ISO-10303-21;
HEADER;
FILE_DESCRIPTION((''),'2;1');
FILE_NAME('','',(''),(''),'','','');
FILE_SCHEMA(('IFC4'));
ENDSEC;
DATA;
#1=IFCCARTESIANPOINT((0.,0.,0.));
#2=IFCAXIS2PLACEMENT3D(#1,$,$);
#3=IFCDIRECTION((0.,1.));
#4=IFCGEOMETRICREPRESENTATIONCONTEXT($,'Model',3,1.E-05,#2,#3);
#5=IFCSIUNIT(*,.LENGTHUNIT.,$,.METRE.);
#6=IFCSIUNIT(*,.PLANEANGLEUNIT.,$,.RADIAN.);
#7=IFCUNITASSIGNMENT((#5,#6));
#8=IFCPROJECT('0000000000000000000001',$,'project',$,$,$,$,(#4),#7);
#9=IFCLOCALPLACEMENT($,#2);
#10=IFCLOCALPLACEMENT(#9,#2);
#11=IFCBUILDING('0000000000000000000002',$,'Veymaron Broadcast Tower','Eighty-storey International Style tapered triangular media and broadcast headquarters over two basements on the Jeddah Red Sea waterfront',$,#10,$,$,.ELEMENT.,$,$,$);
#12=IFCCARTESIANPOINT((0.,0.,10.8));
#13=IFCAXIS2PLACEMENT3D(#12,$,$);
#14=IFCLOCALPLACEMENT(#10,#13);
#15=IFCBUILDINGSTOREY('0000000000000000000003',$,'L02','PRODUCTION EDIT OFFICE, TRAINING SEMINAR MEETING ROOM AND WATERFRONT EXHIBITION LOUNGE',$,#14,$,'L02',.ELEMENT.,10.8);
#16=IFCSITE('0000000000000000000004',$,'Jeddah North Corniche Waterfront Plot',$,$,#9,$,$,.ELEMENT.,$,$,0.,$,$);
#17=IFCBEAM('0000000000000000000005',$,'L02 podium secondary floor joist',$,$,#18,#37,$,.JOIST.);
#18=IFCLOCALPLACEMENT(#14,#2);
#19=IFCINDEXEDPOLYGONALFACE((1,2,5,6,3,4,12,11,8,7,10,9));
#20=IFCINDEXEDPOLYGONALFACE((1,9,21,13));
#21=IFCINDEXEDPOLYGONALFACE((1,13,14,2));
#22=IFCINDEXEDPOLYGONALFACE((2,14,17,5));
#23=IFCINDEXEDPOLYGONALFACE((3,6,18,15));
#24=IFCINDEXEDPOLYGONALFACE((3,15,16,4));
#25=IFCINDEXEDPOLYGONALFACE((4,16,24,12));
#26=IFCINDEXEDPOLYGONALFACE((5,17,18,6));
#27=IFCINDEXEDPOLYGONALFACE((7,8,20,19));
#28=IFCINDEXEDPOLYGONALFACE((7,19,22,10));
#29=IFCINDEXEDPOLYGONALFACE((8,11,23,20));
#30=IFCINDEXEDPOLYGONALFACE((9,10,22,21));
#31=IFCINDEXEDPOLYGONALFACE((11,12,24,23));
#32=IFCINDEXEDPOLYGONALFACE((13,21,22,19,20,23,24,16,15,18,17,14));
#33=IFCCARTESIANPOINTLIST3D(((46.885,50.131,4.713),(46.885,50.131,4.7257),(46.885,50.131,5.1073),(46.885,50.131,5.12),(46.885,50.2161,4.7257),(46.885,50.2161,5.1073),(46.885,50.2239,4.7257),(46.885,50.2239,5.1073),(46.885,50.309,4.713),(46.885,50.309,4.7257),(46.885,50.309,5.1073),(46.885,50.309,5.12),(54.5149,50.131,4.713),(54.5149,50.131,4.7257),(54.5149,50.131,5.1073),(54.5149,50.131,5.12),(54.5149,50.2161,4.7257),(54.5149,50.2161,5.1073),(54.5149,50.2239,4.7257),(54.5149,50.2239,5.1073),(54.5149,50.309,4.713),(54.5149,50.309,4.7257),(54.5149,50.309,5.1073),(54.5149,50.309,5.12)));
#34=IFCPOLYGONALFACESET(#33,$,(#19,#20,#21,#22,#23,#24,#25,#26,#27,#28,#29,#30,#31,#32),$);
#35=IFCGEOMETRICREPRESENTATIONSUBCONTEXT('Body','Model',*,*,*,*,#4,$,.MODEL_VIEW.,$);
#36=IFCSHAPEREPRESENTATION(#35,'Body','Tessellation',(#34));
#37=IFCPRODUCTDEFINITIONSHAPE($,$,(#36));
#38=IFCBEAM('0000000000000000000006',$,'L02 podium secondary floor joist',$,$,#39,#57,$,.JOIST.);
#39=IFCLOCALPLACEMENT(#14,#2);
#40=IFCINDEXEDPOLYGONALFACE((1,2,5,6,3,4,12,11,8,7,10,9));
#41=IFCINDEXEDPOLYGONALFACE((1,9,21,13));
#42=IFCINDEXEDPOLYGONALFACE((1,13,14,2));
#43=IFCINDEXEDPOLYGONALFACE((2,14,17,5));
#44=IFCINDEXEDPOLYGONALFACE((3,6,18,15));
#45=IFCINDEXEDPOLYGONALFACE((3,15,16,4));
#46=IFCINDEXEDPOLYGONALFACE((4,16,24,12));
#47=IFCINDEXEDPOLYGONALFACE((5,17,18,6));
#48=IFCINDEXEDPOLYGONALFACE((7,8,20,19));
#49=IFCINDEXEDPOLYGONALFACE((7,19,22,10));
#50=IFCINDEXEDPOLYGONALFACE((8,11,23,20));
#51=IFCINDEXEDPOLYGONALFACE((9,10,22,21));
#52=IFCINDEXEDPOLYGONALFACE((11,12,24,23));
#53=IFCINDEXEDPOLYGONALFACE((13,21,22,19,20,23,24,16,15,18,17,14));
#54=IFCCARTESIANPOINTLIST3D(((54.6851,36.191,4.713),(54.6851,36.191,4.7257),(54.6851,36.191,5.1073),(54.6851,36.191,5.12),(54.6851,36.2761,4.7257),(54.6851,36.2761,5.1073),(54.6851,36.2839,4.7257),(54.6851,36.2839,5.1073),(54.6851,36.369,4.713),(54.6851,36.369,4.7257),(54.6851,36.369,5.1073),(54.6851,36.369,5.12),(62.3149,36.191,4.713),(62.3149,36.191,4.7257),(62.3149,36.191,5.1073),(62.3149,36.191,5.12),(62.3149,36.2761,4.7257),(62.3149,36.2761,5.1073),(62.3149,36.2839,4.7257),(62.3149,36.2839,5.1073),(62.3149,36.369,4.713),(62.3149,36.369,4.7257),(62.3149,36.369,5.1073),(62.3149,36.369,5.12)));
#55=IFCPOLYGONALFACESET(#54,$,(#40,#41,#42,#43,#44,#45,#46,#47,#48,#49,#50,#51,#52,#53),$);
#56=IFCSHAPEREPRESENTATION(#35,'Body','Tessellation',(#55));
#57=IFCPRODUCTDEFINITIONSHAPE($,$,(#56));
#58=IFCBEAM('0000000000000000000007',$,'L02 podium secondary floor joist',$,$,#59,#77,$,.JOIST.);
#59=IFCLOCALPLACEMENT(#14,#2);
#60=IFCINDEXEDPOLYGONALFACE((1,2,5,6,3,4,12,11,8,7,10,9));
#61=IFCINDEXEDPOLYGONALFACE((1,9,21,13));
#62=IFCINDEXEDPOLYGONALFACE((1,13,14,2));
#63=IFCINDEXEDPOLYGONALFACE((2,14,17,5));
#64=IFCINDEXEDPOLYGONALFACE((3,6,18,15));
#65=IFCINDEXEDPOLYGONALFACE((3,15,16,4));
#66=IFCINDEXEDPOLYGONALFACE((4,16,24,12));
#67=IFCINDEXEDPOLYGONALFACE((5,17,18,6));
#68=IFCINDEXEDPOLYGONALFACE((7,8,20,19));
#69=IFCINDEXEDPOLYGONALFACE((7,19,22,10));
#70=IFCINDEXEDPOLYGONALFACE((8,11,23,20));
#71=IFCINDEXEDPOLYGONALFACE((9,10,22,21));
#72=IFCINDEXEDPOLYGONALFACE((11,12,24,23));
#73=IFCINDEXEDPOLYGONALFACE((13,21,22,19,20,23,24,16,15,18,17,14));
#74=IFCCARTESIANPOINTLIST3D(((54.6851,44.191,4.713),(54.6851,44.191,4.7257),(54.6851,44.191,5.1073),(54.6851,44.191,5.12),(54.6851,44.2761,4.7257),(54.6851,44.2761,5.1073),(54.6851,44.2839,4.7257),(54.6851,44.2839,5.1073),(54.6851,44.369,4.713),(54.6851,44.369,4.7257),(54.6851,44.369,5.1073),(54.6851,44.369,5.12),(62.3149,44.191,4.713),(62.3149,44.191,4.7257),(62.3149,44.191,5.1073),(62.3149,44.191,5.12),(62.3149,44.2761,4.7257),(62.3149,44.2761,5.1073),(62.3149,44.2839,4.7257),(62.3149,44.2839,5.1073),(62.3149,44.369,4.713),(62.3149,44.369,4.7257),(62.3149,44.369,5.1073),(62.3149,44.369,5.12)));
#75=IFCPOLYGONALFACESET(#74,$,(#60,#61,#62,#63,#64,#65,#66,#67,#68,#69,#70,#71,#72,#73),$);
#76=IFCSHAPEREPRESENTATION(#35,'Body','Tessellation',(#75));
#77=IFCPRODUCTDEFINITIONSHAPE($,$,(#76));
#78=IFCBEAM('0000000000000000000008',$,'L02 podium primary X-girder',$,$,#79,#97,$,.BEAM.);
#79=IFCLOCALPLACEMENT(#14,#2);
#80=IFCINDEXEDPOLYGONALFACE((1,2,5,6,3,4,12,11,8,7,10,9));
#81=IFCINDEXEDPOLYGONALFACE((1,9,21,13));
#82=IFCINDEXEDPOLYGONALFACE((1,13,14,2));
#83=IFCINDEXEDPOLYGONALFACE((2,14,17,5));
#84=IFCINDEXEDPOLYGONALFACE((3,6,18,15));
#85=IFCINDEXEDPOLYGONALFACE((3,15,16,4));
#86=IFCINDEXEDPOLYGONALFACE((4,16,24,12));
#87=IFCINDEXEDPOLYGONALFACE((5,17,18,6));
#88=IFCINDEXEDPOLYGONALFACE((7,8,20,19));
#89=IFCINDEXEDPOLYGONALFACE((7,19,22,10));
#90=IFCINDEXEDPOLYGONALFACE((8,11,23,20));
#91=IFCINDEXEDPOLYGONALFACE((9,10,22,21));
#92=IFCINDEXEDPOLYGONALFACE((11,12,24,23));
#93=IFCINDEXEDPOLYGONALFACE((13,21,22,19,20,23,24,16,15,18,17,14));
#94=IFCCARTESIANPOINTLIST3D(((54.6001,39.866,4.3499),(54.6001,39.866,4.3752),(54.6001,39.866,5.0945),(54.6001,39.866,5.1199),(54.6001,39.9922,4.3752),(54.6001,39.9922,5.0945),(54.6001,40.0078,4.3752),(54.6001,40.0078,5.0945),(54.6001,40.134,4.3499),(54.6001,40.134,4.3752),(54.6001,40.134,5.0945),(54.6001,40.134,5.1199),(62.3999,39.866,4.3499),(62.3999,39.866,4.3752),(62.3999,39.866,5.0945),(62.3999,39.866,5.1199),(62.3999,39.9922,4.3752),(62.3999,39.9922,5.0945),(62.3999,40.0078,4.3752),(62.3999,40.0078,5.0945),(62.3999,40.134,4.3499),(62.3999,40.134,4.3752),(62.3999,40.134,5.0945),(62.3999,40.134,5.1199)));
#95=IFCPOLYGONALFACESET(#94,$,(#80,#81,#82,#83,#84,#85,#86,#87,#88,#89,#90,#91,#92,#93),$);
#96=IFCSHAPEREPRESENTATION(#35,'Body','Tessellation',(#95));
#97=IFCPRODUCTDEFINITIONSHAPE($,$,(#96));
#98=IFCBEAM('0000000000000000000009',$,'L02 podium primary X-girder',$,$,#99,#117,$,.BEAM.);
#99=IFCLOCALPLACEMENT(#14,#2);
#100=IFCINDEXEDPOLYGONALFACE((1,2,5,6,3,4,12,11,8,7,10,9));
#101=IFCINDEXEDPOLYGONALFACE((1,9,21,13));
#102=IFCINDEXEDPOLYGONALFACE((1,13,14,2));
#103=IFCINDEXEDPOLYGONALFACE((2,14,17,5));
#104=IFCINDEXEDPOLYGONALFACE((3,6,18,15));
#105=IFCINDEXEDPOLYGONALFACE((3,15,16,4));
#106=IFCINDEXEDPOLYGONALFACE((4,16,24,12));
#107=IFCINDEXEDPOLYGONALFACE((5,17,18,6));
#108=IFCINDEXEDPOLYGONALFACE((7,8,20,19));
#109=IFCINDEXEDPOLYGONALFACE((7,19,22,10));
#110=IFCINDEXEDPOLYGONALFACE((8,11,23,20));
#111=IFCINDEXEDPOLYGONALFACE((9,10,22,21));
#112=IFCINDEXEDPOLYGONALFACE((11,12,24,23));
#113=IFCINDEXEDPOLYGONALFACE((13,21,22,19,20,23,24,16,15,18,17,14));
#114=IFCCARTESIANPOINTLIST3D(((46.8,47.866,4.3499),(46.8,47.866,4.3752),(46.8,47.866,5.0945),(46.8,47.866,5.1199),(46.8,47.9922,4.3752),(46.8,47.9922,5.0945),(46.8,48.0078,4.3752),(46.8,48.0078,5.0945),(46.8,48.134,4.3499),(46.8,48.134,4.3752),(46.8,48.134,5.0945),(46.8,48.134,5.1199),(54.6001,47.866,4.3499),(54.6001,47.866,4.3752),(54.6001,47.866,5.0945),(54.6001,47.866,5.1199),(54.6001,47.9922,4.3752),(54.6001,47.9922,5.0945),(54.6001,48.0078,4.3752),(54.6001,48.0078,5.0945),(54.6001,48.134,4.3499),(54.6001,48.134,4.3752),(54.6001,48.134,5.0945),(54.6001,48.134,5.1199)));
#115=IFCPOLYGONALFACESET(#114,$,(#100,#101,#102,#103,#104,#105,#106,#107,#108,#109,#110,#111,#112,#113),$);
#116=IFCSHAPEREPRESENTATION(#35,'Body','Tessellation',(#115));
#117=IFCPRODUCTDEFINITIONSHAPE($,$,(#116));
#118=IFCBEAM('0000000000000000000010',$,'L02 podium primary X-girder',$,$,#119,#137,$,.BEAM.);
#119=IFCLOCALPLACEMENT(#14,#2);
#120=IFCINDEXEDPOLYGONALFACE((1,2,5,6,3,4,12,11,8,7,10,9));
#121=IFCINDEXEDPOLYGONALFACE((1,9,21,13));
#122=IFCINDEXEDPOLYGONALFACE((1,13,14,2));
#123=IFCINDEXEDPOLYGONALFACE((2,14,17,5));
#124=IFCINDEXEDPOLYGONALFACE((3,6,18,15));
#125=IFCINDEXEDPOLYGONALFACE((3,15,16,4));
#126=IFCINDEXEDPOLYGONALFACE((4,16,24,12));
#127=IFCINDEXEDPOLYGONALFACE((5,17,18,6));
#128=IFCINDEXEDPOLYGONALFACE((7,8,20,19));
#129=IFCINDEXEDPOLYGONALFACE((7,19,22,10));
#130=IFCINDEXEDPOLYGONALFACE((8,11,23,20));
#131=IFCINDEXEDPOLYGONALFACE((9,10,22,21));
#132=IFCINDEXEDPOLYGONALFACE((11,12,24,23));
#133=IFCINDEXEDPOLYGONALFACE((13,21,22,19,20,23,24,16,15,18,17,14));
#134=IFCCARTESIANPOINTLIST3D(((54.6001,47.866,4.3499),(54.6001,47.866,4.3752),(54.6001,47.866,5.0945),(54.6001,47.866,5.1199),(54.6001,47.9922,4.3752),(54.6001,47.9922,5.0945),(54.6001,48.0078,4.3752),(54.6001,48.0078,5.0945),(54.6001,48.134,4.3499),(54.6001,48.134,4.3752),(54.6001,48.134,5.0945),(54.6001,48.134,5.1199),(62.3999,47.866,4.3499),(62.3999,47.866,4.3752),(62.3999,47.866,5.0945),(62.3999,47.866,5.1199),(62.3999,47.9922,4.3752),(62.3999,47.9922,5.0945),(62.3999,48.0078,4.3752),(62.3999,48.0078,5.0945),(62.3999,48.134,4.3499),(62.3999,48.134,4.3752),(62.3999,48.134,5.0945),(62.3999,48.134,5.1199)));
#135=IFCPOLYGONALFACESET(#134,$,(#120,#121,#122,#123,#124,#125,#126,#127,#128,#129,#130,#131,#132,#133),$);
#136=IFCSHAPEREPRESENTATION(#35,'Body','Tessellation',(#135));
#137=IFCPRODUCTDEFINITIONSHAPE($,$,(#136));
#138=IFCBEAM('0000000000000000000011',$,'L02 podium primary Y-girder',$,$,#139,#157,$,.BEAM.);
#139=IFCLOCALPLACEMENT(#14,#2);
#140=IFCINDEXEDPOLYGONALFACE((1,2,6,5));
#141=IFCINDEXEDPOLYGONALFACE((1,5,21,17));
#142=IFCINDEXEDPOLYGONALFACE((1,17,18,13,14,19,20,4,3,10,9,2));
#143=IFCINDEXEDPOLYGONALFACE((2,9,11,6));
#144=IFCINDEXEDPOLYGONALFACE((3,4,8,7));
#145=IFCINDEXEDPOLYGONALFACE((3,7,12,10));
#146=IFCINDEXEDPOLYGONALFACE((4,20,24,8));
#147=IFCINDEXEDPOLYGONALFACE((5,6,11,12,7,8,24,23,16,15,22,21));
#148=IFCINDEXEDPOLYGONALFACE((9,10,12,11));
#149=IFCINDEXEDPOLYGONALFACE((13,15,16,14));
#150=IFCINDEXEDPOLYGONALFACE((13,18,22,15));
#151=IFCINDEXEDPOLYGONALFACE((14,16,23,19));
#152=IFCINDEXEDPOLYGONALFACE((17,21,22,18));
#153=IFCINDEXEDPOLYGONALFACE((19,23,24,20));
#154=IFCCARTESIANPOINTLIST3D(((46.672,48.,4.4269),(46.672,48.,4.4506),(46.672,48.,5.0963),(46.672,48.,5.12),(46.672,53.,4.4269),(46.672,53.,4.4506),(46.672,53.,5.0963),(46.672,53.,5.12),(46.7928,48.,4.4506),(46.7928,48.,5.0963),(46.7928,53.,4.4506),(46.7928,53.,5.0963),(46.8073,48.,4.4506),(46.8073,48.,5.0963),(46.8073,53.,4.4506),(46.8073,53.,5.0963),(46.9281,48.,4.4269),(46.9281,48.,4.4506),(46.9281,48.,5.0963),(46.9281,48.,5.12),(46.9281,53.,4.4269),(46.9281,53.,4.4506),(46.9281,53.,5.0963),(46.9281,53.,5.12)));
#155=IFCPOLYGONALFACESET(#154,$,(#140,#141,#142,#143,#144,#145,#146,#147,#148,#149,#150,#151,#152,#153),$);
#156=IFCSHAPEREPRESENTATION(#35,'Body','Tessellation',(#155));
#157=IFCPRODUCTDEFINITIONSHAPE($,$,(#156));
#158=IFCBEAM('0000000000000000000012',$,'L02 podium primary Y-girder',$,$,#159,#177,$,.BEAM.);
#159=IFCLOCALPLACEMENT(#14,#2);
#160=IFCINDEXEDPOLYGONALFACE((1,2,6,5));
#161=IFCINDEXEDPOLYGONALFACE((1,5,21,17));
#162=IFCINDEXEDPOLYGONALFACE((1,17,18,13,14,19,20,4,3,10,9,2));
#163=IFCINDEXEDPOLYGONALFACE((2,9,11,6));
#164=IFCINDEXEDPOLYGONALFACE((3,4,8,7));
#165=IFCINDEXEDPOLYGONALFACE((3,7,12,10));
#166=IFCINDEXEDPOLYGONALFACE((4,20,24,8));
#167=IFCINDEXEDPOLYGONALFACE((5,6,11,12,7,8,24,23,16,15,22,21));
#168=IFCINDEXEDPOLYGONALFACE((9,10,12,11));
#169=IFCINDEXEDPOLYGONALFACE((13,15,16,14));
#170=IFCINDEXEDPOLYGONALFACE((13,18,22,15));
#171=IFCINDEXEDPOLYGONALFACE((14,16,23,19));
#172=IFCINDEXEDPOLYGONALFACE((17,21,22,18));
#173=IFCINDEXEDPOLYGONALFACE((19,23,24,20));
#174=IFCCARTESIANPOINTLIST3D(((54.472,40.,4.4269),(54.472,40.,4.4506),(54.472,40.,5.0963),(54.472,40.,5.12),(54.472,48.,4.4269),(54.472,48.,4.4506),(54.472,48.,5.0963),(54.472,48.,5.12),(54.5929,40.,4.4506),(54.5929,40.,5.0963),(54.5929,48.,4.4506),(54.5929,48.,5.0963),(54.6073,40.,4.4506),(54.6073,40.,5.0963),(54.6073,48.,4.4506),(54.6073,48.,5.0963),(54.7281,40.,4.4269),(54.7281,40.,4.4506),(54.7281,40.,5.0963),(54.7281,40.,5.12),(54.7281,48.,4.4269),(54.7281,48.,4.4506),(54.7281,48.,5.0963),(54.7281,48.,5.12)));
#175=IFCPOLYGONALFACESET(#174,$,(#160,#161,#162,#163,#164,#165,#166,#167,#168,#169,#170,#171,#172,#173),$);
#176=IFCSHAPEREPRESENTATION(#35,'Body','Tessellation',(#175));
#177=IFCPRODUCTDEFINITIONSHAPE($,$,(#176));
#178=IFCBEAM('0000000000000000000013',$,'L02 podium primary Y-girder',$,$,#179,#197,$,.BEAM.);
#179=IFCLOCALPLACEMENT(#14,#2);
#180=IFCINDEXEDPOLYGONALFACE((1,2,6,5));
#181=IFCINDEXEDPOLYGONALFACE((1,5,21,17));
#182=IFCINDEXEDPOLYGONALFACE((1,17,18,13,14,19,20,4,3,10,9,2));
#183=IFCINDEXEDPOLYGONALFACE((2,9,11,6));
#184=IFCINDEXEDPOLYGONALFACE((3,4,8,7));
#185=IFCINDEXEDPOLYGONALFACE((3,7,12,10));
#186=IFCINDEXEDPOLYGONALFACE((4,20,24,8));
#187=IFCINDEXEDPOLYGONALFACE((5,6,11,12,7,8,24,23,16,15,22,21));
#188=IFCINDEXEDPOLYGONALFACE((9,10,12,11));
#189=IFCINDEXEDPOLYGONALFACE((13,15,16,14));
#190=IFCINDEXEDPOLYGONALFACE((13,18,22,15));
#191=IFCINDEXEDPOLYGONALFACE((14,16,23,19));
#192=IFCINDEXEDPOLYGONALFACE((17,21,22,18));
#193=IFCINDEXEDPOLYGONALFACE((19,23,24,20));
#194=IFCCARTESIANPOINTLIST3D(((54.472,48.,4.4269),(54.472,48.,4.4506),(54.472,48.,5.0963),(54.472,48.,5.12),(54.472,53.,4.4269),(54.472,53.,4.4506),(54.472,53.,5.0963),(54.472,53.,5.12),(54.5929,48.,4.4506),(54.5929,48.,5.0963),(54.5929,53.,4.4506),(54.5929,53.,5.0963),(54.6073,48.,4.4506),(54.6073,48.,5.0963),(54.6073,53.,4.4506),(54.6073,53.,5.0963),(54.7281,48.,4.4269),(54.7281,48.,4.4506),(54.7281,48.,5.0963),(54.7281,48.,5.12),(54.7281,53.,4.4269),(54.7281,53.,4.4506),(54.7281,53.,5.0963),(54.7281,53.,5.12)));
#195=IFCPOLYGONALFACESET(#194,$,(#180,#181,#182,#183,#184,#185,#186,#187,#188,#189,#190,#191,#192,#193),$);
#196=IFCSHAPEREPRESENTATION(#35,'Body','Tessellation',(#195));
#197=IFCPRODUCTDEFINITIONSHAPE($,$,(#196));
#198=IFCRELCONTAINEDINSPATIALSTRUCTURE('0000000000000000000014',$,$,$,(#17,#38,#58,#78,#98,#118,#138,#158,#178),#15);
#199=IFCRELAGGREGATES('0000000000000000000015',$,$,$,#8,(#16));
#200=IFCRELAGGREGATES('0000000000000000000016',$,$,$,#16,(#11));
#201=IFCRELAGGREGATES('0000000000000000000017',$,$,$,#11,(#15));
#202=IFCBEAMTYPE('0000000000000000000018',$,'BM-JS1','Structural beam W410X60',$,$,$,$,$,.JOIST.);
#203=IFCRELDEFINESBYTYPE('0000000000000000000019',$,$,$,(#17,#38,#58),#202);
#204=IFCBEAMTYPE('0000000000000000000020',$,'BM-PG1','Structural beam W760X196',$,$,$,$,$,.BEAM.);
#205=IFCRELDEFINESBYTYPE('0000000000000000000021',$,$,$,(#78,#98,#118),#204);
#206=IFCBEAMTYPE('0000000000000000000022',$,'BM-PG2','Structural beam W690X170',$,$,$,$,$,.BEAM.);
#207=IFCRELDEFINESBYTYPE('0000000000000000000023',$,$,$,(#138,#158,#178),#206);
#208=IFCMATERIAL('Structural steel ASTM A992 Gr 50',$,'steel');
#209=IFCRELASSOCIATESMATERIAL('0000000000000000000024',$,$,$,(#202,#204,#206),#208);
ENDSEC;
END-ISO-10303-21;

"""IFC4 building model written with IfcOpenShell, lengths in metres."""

from ifc_helpers import new_model, si_unit, direction, frame, origin, origin_2d, place, context, subcontext, project, spatial, i_section, extrude, material, material_profile, profile_set, type_object, element, save


model = new_model("IFC4")

# Units and contexts
model_context = context("Model", 3, precision=1e-05, world=origin(), true_north=direction((0.0, 1.0)))
body_context = subcontext(model_context, "Body", "Model", "MODEL_VIEW")
ifc_project = project(units=[si_unit("LENGTHUNIT", "METRE"), si_unit("PLANEANGLEUNIT", "RADIAN")], contexts=[model_context])

# Site, building, storey
site_placement = place(None, origin())
site = spatial("IfcSite", under=ifc_project, at=site_placement, Name="Jeddah North Corniche Waterfront Plot", CompositionType="ELEMENT", RefElevation=0.0)
building_placement = place(site_placement, origin())
building = spatial("IfcBuilding", under=site, at=building_placement, Name="Veymaron Broadcast Tower", Description="Eighty-storey International Style tapered triangular media and broadcast headquarters over two basements on the Jeddah Red Sea waterfront", CompositionType="ELEMENT")
storey_placement = place(building_placement, frame((0.0, 0.0, 10.8)))
storey = spatial("IfcBuildingStorey", under=building, at=storey_placement, Name="L02", Description="PRODUCTION EDIT OFFICE, TRAINING SEMINAR MEETING ROOM AND WATERFRONT EXHIBITION LOUNGE", LongName="L02", CompositionType="ELEMENT", Elevation=10.8)

# Shared definitions
ifc_material_1 = material(Name="Structural steel ASTM A992 Gr 50", Category="steel")

# Beams
ifc_material_profile_1 = material_profile(ifc_material_1, i_section(OverallWidth=0.178, OverallDepth=0.407, WebThickness=0.0078, FlangeThickness=0.0127, at=origin_2d()), Name="W410X60")
ifc_profile_set_1 = profile_set([ifc_material_profile_1], Name="Structural steel ASTM A992 Gr 50")
beam_type_1 = type_object("IfcBeamType", Name="BM-JS1", Description="Structural beam W410X60", PredefinedType="JOIST", material=ifc_profile_set_1)
for number, where, z_axis, x_axis, name in (
    (1, (46.885, 50.22, 4.9165), (1.0, 0.0, 0.0), (0.0, 1.0, 0.0), "L02 podium secondary floor joist"),
    (2, (54.6851, 36.28, 4.9165), (1.0, 0.0, 0.0), (0.0, 1.0, 0.0), "L02 podium secondary floor joist"),
    (3, (54.6851, 44.28, 4.9165), (1.0, 0.0, 0.0), (0.0, 1.0, 0.0), "L02 podium secondary floor joist"),
):
    element("IfcBeam", number, at=place(storey_placement, frame(where, z_axis=z_axis, x_axis=x_axis)), inside=storey, type_object=beam_type_1, Name=name, PredefinedType="JOIST", context=body_context, shape_type="SweptSolid", body=[
        extrude(i_section(OverallWidth=0.178, OverallDepth=0.407, WebThickness=0.0078, FlangeThickness=0.0127, at=origin_2d()), origin(), (0.0, 0.0, 1.0), 7.6299),
    ])
ifc_material_profile_2 = material_profile(ifc_material_1, i_section(OverallWidth=0.2681, OverallDepth=0.77, WebThickness=0.0156, FlangeThickness=0.0254, at=origin_2d()), Name="W760X196")
ifc_profile_set_2 = profile_set([ifc_material_profile_2], Name="Structural steel ASTM A992 Gr 50")
beam_type_2 = type_object("IfcBeamType", Name="BM-PG1", Description="Structural beam W760X196", PredefinedType="BEAM", material=ifc_profile_set_2)
beam_1_placement = place(storey_placement, frame((54.6001, 40.0, 4.7349), z_axis=(1.0, 0.0, 0.0), x_axis=(0.0, 1.0, 0.0)))
element("IfcBeam", 4, at=beam_1_placement, inside=storey, type_object=beam_type_2, Name="L02 podium primary X-girder", PredefinedType="BEAM", context=body_context, shape_type="SweptSolid", body=[
    extrude(i_section(OverallWidth=0.2681, OverallDepth=0.77, WebThickness=0.0156, FlangeThickness=0.0254, at=origin_2d()), origin(), (0.0, 0.0, 1.0), 7.7998),
])
beam_2_placement = place(storey_placement, frame((46.8, 48.0, 4.7349), z_axis=(1.0, 0.0, 0.0), x_axis=(0.0, 1.0, 0.0)))
element("IfcBeam", 5, at=beam_2_placement, inside=storey, type_object=beam_type_2, Name="L02 podium primary X-girder", PredefinedType="BEAM", context=body_context, shape_type="SweptSolid", body=[
    extrude(i_section(OverallWidth=0.2681, OverallDepth=0.77, WebThickness=0.0156, FlangeThickness=0.0254, at=origin_2d()), origin(), (0.0, 0.0, 1.0), 7.8),
])
beam_3_placement = place(storey_placement, frame((54.6001, 48.0, 4.7349), z_axis=(1.0, 0.0, 0.0), x_axis=(0.0, 1.0, 0.0)))
element("IfcBeam", 6, at=beam_3_placement, inside=storey, type_object=beam_type_2, Name="L02 podium primary X-girder", PredefinedType="BEAM", context=body_context, shape_type="SweptSolid", body=[
    extrude(i_section(OverallWidth=0.2681, OverallDepth=0.77, WebThickness=0.0156, FlangeThickness=0.0254, at=origin_2d()), origin(), (0.0, 0.0, 1.0), 7.7998),
])
ifc_material_profile_3 = material_profile(ifc_material_1, i_section(OverallWidth=0.2561, OverallDepth=0.6931, WebThickness=0.0144, FlangeThickness=0.0237, at=origin_2d()), Name="W690X170")
ifc_profile_set_3 = profile_set([ifc_material_profile_3], Name="Structural steel ASTM A992 Gr 50")
beam_type_3 = type_object("IfcBeamType", Name="BM-PG2", Description="Structural beam W690X170", PredefinedType="BEAM", material=ifc_profile_set_3)
beam_4_placement = place(storey_placement, frame((46.8, 48.0, 4.7734), z_axis=(0.0, 1.0, 0.0), x_axis=(-1.0, 0.0, 0.0)))
element("IfcBeam", 7, at=beam_4_placement, inside=storey, type_object=beam_type_3, Name="L02 podium primary Y-girder", PredefinedType="BEAM", context=body_context, shape_type="SweptSolid", body=[
    extrude(i_section(OverallWidth=0.2561, OverallDepth=0.6931, WebThickness=0.0144, FlangeThickness=0.0237, at=origin_2d()), origin(), (0.0, 0.0, 1.0), 5.0),
])
beam_5_placement = place(storey_placement, frame((54.6001, 40.0, 4.7734), z_axis=(0.0, 1.0, 0.0), x_axis=(-1.0, 0.0, 0.0)))
element("IfcBeam", 8, at=beam_5_placement, inside=storey, type_object=beam_type_3, Name="L02 podium primary Y-girder", PredefinedType="BEAM", context=body_context, shape_type="SweptSolid", body=[
    extrude(i_section(OverallWidth=0.2561, OverallDepth=0.6931, WebThickness=0.0144, FlangeThickness=0.0237, at=origin_2d()), origin(), (0.0, 0.0, 1.0), 8.0),
])
beam_6_placement = place(storey_placement, frame((54.6001, 48.0, 4.7734), z_axis=(0.0, 1.0, 0.0), x_axis=(-1.0, 0.0, 0.0)))
element("IfcBeam", 9, at=beam_6_placement, inside=storey, type_object=beam_type_3, Name="L02 podium primary Y-girder", PredefinedType="BEAM", context=body_context, shape_type="SweptSolid", body=[
    extrude(i_section(OverallWidth=0.2561, OverallDepth=0.6931, WebThickness=0.0144, FlangeThickness=0.0237, at=origin_2d()), origin(), (0.0, 0.0, 1.0), 5.0),
])

save(model, "model.ifc")
